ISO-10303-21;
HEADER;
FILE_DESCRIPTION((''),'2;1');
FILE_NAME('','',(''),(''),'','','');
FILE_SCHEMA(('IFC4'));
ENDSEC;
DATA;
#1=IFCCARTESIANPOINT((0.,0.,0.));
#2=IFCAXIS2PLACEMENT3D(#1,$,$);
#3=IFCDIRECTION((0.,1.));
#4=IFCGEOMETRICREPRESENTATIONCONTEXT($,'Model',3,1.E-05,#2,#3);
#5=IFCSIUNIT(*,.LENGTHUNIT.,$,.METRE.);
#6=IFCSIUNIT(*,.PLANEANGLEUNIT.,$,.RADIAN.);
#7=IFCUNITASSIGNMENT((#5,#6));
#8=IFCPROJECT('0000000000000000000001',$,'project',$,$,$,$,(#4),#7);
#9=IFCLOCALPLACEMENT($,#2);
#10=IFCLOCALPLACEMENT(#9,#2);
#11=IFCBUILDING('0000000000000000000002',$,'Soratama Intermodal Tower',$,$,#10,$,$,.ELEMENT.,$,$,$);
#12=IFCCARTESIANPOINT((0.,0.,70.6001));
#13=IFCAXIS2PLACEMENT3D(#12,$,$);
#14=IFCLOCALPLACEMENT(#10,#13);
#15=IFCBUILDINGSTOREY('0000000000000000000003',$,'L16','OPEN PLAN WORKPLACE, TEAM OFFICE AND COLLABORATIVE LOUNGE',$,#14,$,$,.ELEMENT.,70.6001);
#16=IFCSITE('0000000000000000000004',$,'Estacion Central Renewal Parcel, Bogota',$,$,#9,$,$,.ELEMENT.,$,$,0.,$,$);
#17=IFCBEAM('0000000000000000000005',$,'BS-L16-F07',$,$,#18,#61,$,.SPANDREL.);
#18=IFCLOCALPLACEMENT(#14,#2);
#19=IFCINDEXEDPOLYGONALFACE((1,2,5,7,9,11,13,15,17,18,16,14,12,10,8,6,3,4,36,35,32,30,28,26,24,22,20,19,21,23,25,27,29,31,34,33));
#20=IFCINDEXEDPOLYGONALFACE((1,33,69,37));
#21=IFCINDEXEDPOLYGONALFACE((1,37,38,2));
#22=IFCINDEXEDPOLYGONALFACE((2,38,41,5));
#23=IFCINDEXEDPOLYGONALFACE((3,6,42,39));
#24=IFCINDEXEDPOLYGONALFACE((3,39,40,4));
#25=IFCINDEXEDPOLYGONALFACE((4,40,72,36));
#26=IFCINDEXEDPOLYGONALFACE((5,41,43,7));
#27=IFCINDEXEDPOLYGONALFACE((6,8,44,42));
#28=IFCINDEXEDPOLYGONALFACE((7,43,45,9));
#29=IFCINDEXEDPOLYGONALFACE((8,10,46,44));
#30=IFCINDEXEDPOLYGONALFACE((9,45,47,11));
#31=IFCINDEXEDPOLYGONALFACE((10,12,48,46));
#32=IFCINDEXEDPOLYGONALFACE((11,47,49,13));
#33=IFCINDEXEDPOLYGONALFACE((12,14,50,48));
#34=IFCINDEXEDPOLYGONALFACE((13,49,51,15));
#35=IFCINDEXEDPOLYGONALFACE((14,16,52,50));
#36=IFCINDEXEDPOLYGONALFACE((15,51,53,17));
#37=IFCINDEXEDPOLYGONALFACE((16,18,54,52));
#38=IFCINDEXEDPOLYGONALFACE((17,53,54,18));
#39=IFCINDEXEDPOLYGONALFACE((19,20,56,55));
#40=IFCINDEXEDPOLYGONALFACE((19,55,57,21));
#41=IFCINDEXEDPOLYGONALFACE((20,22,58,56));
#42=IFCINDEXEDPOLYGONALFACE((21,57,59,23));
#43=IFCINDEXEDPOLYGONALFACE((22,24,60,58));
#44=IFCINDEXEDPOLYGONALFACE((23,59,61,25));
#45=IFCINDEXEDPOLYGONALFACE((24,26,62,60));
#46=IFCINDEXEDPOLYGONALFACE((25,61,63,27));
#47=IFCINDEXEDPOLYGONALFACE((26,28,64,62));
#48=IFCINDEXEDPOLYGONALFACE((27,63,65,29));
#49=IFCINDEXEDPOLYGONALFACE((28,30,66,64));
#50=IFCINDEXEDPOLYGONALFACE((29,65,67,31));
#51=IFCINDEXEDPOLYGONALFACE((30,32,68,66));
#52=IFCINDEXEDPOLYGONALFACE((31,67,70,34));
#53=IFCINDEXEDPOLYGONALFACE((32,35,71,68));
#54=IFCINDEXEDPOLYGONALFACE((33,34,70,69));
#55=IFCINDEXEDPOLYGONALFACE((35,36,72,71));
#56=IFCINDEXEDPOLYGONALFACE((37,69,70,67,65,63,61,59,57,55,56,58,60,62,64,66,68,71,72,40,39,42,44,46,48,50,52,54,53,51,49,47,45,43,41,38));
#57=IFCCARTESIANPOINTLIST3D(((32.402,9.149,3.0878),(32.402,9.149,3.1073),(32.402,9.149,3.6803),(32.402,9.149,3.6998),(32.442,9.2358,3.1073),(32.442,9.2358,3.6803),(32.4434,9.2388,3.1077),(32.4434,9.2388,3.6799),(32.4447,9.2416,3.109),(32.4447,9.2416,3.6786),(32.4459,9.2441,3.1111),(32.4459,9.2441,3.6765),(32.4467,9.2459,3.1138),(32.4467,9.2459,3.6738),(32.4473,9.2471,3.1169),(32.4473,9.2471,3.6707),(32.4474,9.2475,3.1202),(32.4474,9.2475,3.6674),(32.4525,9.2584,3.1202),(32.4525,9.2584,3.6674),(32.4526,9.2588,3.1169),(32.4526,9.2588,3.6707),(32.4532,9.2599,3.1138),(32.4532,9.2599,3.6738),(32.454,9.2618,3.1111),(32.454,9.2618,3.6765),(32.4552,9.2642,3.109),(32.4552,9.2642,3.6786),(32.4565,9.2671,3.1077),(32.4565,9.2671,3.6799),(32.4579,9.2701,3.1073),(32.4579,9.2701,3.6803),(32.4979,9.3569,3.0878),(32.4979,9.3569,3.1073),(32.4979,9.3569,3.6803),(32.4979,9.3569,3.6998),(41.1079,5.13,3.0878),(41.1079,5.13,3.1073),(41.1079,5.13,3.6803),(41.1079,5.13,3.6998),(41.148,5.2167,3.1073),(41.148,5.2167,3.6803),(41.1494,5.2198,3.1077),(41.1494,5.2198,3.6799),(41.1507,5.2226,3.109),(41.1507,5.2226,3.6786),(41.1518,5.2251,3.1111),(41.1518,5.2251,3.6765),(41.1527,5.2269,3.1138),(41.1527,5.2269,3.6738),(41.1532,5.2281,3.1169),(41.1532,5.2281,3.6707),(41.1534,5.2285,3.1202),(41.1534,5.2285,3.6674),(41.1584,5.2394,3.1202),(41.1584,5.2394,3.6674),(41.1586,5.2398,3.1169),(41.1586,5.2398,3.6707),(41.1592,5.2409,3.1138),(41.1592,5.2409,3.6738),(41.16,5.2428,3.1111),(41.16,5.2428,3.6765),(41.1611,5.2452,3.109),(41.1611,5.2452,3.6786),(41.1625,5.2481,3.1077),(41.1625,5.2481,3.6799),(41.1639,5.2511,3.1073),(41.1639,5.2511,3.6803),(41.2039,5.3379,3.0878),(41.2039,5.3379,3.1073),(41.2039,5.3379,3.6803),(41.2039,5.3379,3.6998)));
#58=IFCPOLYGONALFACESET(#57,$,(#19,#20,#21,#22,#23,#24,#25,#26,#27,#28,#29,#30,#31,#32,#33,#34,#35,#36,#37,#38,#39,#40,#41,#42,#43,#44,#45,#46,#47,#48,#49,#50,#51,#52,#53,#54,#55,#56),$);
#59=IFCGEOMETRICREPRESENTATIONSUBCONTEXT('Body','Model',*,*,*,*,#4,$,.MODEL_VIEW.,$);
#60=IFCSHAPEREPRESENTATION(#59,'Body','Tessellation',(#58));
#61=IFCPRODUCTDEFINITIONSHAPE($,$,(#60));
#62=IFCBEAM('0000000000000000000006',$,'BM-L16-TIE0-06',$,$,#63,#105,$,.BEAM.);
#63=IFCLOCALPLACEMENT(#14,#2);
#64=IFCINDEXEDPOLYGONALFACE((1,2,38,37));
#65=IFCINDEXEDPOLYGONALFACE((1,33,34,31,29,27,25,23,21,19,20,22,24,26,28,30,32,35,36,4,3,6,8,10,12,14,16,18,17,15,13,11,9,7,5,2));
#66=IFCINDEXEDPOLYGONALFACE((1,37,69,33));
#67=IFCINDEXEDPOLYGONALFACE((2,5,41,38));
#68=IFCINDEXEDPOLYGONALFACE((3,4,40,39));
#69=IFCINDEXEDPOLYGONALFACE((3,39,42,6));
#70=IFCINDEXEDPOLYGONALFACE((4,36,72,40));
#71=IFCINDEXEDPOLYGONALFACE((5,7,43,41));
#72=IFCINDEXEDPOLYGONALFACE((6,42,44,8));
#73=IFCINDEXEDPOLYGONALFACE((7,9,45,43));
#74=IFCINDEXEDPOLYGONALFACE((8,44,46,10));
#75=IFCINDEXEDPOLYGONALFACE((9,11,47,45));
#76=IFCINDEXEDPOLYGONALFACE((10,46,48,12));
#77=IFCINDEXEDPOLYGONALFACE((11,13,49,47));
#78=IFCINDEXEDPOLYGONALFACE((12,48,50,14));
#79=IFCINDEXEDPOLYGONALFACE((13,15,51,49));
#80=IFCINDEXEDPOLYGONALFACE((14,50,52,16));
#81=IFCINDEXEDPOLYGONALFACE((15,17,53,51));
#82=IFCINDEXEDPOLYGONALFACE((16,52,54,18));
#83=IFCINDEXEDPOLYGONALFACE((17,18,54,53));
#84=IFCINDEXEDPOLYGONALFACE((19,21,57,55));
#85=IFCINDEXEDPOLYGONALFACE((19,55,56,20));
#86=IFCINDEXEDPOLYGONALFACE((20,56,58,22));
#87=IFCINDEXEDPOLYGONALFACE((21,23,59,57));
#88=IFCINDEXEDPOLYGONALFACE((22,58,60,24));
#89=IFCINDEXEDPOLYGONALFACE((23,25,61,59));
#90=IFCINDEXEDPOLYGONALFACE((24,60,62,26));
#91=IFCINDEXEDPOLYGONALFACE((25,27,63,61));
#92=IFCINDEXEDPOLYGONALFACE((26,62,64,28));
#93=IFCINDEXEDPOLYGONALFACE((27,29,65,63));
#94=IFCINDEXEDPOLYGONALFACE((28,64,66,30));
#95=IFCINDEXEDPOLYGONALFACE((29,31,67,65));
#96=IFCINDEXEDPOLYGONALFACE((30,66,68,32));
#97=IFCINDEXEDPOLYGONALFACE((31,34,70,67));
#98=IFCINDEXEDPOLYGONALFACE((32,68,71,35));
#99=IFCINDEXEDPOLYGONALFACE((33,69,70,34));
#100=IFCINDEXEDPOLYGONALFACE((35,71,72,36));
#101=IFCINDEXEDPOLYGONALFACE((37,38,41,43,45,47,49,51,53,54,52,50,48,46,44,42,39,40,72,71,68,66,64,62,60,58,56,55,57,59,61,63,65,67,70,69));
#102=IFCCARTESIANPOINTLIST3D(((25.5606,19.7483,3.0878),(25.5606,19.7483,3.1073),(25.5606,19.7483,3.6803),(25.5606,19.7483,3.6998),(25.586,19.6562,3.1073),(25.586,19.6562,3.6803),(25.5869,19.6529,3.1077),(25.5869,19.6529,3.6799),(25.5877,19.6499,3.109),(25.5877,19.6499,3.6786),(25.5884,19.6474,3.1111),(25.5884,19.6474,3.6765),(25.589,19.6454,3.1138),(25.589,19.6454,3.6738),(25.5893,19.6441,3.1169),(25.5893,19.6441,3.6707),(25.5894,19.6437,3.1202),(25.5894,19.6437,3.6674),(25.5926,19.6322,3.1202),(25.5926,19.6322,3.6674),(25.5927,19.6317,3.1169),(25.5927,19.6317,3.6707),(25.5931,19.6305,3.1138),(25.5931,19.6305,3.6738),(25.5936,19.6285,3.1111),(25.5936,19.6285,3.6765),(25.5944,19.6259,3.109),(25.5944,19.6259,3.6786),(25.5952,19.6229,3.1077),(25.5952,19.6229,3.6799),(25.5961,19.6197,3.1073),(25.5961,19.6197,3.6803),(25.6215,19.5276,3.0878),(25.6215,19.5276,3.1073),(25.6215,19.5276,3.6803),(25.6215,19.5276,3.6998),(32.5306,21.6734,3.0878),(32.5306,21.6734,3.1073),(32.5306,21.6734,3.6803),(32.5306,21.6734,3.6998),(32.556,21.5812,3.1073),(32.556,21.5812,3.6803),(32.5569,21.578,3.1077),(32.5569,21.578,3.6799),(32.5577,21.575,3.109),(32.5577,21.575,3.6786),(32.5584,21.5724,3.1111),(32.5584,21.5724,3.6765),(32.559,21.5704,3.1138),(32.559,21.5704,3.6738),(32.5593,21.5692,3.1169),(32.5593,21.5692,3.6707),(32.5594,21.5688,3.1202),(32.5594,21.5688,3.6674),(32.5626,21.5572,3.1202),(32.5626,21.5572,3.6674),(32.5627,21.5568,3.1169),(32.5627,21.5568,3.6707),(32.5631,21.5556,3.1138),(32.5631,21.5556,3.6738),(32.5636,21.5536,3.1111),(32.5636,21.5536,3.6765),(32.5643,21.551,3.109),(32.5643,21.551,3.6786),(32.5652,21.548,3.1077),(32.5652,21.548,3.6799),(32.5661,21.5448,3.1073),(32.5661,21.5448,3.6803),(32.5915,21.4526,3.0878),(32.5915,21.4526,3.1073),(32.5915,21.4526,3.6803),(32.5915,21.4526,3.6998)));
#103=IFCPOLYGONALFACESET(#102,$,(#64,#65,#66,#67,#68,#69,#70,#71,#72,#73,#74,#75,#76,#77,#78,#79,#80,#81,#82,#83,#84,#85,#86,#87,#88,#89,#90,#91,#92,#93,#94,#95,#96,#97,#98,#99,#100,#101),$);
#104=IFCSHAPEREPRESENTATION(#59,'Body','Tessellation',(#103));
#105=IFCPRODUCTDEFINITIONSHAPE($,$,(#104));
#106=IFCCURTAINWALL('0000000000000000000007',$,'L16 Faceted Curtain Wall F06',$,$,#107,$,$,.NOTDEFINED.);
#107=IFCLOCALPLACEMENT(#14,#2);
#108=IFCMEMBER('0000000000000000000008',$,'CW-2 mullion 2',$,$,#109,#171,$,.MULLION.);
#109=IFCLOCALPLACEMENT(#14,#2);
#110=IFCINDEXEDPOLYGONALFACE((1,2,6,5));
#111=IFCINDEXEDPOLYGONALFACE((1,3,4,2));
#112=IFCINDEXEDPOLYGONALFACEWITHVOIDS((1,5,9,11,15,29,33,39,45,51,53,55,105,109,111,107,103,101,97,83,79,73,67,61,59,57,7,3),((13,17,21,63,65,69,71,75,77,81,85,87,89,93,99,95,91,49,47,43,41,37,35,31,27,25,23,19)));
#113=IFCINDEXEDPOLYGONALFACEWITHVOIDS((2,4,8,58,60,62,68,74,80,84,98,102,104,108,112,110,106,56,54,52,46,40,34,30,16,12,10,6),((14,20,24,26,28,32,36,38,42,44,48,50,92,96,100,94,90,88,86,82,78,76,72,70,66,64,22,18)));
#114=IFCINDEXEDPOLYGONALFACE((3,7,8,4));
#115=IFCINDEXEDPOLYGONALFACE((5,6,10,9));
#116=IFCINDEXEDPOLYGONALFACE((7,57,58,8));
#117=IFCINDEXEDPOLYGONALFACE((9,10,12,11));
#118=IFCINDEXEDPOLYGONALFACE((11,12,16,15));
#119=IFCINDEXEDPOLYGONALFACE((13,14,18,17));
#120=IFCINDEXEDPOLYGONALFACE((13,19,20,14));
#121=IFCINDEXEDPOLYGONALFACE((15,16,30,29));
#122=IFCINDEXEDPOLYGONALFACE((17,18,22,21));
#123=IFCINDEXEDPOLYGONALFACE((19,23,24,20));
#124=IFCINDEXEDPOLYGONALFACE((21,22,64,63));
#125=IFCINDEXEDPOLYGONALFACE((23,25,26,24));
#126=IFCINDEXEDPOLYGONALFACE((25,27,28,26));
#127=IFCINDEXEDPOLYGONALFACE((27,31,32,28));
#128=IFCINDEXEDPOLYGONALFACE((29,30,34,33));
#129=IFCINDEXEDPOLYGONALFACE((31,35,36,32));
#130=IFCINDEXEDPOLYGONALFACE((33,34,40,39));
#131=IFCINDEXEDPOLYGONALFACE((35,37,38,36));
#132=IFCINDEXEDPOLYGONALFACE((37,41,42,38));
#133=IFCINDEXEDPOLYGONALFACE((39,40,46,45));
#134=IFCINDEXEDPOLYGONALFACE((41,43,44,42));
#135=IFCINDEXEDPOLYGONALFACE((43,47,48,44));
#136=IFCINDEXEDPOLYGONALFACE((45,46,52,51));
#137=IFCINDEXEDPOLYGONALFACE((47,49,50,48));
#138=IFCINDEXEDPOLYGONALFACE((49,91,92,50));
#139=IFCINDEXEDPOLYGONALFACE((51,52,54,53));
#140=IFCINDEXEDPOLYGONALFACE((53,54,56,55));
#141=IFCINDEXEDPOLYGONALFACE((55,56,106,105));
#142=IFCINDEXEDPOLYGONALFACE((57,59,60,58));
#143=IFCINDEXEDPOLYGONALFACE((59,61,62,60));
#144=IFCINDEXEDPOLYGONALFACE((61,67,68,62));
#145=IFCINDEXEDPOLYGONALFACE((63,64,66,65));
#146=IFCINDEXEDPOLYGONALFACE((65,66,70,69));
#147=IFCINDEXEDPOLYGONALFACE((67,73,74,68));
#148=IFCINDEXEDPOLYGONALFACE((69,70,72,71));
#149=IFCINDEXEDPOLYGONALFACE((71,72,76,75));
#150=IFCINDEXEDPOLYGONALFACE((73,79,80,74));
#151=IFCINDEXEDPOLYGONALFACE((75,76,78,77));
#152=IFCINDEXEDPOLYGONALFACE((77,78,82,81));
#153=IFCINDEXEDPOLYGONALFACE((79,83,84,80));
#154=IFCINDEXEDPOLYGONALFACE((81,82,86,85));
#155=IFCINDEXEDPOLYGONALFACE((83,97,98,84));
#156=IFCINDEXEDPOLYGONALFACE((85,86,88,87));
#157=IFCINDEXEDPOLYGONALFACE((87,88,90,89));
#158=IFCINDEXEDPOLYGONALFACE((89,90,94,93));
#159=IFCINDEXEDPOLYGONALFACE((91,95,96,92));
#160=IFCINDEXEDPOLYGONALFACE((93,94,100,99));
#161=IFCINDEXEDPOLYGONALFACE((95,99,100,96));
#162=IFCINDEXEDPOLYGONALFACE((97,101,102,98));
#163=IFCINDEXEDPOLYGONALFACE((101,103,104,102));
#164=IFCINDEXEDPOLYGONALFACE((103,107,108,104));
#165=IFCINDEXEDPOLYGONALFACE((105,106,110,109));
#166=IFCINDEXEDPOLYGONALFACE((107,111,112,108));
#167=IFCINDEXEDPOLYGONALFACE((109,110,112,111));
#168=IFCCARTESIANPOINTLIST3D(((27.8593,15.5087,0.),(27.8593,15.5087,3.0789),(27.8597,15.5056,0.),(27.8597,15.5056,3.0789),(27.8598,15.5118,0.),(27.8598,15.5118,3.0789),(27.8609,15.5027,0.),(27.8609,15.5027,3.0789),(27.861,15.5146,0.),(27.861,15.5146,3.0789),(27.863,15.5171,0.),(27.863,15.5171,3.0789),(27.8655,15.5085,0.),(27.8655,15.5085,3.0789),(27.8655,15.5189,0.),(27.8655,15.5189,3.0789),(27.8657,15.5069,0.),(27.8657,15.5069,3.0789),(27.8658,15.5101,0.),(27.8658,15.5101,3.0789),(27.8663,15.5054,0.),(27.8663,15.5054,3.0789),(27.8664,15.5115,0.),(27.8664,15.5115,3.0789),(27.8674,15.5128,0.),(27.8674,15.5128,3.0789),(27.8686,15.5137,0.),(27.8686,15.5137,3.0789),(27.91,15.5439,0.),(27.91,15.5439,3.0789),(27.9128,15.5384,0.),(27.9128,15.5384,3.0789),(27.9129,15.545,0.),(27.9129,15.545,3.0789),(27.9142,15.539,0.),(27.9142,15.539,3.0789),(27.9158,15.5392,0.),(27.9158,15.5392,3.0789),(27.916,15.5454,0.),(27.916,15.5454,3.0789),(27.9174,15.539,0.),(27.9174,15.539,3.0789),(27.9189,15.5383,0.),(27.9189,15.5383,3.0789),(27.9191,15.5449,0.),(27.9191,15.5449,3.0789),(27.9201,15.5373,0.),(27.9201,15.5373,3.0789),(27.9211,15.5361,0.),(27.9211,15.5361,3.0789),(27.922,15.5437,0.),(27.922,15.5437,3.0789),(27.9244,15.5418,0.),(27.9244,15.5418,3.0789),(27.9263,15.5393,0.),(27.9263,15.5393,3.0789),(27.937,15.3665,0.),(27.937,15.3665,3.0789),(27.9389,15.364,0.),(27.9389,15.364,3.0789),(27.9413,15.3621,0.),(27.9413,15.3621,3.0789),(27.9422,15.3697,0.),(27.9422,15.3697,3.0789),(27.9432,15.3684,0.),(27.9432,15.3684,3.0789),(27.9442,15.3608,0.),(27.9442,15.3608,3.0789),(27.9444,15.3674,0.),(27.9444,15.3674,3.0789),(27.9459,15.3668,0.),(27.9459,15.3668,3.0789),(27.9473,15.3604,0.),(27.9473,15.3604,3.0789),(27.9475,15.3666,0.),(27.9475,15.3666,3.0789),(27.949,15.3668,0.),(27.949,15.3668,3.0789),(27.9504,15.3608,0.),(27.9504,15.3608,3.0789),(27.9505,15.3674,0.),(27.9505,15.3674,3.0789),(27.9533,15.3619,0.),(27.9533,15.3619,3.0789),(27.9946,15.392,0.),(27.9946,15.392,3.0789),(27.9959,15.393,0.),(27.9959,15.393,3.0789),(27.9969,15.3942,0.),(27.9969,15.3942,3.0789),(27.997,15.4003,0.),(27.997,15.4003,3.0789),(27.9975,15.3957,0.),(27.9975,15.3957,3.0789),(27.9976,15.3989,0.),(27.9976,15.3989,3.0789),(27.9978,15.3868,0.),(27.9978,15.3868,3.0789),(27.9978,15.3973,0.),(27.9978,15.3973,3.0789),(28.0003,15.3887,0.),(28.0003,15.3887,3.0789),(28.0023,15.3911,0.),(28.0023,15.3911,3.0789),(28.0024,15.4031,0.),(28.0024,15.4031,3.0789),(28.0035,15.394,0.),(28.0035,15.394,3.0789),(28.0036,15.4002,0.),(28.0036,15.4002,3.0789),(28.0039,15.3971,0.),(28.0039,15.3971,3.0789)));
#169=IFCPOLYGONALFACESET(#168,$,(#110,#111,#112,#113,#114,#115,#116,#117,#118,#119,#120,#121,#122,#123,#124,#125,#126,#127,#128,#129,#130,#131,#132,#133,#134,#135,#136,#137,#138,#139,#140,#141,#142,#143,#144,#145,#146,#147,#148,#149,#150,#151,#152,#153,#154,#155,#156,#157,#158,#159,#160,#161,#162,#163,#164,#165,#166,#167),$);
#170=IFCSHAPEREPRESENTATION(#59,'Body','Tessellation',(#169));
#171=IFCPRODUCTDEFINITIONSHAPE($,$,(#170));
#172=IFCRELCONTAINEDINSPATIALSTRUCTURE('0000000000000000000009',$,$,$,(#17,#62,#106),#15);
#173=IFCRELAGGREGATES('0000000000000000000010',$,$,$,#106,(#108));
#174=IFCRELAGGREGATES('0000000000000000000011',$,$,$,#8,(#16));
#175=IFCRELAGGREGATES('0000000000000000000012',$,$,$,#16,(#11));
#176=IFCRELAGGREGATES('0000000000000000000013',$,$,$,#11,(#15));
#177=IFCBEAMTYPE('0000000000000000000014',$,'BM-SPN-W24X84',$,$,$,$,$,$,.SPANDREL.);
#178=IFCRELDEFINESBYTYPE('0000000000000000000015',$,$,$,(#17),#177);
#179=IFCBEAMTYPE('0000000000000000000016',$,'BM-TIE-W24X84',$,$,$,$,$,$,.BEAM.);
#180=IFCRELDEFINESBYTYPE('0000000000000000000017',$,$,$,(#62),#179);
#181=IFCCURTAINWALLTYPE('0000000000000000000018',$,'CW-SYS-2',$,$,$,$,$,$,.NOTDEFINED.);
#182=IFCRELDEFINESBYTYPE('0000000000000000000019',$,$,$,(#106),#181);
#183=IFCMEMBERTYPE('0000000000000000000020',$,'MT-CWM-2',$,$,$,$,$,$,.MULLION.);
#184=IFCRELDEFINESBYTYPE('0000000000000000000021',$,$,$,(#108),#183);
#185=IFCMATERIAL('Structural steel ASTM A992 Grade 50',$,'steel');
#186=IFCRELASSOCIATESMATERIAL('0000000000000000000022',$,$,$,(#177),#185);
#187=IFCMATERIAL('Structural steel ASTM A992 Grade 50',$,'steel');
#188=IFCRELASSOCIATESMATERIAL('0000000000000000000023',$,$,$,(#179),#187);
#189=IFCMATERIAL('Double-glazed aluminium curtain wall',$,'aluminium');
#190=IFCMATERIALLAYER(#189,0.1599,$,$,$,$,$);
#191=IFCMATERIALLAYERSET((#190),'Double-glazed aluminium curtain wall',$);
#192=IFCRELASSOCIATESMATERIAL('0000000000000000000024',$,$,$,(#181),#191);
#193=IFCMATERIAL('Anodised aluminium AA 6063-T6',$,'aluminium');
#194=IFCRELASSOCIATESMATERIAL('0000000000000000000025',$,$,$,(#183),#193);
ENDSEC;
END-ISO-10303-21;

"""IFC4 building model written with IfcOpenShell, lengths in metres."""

from ifc_helpers import new_model, si_unit, direction, frame, origin, origin_2d, place, context, subcontext, project, spatial, hollow_rectangle, i_section, extrude, material, layer, layer_set, material_profile, profile_set, type_object, element, aggregate, save


model = new_model("IFC4")

# Units and contexts
model_context = context("Model", 3, precision=1e-05, world=origin(), true_north=direction((0.0, 1.0)))
body_context = subcontext(model_context, "Body", "Model", "MODEL_VIEW")
ifc_project = project(units=[si_unit("LENGTHUNIT", "METRE"), si_unit("PLANEANGLEUNIT", "RADIAN")], contexts=[model_context])

# Site, building, storey
site_placement = place(None, origin())
site = spatial("IfcSite", under=ifc_project, at=site_placement, Name="Estacion Central Renewal Parcel, Bogota", CompositionType="ELEMENT", RefElevation=0.0)
building_placement = place(site_placement, origin())
building = spatial("IfcBuilding", under=site, at=building_placement, Name="Soratama Intermodal Tower", CompositionType="ELEMENT")
storey_placement = place(building_placement, frame((0.0, 0.0, 70.6001)))
storey = spatial("IfcBuildingStorey", under=building, at=storey_placement, Name="L16", Description="OPEN PLAN WORKPLACE, TEAM OFFICE AND COLLABORATIVE LOUNGE", CompositionType="ELEMENT", Elevation=70.6001)

# Beams
ifc_material_1 = material(Name="Structural steel ASTM A992 Grade 50", Category="steel")
ifc_material_profile_1 = material_profile(ifc_material_1, i_section(OverallWidth=0.229, OverallDepth=0.6121, WebThickness=0.012, FlangeThickness=0.0195, FilletRadius=0.0129, at=origin_2d()), Name="W24X84")
ifc_profile_set_1 = profile_set([ifc_material_profile_1], Name="Structural steel ASTM A992 Grade 50")
beam_type_1 = type_object("IfcBeamType", Name="BM-SPN-W24X84", PredefinedType="SPANDREL", material=ifc_profile_set_1)
beam_1_placement = place(storey_placement, frame((32.45, 9.2529, 3.3938), z_axis=(0.907925, -0.419132, 0.0), x_axis=(0.419132, 0.907925, 0.0)))
element("IfcBeam", 1, at=beam_1_placement, inside=storey, type_object=beam_type_1, Name="BS-L16-F07", PredefinedType="SPANDREL", context=body_context, shape_type="SweptSolid", body=[
    extrude(i_section(OverallWidth=0.229, OverallDepth=0.6121, WebThickness=0.012, FlangeThickness=0.0195, FilletRadius=0.0129, at=origin_2d()), origin(), (0.0, 0.0, 1.0), 9.5889),
])
ifc_material_2 = material(Name="Structural steel ASTM A992 Grade 50", Category="steel")
ifc_material_profile_2 = material_profile(ifc_material_2, i_section(OverallWidth=0.229, OverallDepth=0.6121, WebThickness=0.012, FlangeThickness=0.0195, FilletRadius=0.0129, at=origin_2d()), Name="W24X84")
ifc_profile_set_2 = profile_set([ifc_material_profile_2], Name="Structural steel ASTM A992 Grade 50")
beam_type_2 = type_object("IfcBeamType", Name="BM-TIE-W24X84", PredefinedType="BEAM", material=ifc_profile_set_2)
beam_2_placement = place(storey_placement, frame((32.561, 21.563, 3.3938), z_axis=(-0.963911, -0.266224, 0.0), x_axis=(0.266224, -0.963911, 0.0)))
element("IfcBeam", 2, at=beam_2_placement, inside=storey, type_object=beam_type_2, Name="BM-L16-TIE0-06", PredefinedType="BEAM", context=body_context, shape_type="SweptSolid", body=[
    extrude(i_section(OverallWidth=0.229, OverallDepth=0.6121, WebThickness=0.012, FlangeThickness=0.0195, FilletRadius=0.0129, at=origin_2d()), origin(), (0.0, 0.0, 1.0), 7.231),
])

# Curtain wall, member
ifc_material_3 = material(Name="Double-glazed aluminium curtain wall", Category="aluminium")
ifc_layer_1 = layer(ifc_material_3, 0.1599)
ifc_layer_set_1 = layer_set([ifc_layer_1], Name="Double-glazed aluminium curtain wall")
curtain_wall_type = type_object("IfcCurtainWallType", Name="CW-SYS-2", PredefinedType="NOTDEFINED", material=ifc_layer_set_1)
curtain_wall_1_placement = place(storey_placement, origin())
curtain_wall_1 = element("IfcCurtainWall", 3, at=curtain_wall_1_placement, inside=storey, type_object=curtain_wall_type, Name="L16 Faceted Curtain Wall F06", PredefinedType="NOTDEFINED")
ifc_material_4 = material(Name="Anodised aluminium AA 6063-T6", Category="aluminium")
ifc_material_profile_3 = material_profile(ifc_material_4, hollow_rectangle(XDim=0.075, YDim=0.1799, WallThickness=0.0061, InnerFilletRadius=0.0061, OuterFilletRadius=0.012, at=origin_2d()), Name="CWM180X75X6")
ifc_profile_set_3 = profile_set([ifc_material_profile_3], Name="Anodised aluminium AA 6063-T6")
member_type_1 = type_object("IfcMemberType", Name="MT-CWM-2", PredefinedType="MULLION", material=ifc_profile_set_3)
member_1_placement = place(storey_placement, frame((27.9316, 15.4529, 0.0), z_axis=(0.0, 0.0, 1.0), x_axis=(0.872756, 0.488157, 0.0)))
member_1 = element("IfcMember", 4, at=member_1_placement, type_object=member_type_1, Name="CW-2 mullion 2", PredefinedType="MULLION", context=body_context, shape_type="SweptSolid", body=[
    extrude(hollow_rectangle(XDim=0.075, YDim=0.1799, WallThickness=0.0061, InnerFilletRadius=0.0061, OuterFilletRadius=0.012, at=origin_2d()), origin(), (0.0, 0.0, 1.0), 3.0789),
])

aggregate(curtain_wall_1, [member_1])

save(model, "model.ifc")
